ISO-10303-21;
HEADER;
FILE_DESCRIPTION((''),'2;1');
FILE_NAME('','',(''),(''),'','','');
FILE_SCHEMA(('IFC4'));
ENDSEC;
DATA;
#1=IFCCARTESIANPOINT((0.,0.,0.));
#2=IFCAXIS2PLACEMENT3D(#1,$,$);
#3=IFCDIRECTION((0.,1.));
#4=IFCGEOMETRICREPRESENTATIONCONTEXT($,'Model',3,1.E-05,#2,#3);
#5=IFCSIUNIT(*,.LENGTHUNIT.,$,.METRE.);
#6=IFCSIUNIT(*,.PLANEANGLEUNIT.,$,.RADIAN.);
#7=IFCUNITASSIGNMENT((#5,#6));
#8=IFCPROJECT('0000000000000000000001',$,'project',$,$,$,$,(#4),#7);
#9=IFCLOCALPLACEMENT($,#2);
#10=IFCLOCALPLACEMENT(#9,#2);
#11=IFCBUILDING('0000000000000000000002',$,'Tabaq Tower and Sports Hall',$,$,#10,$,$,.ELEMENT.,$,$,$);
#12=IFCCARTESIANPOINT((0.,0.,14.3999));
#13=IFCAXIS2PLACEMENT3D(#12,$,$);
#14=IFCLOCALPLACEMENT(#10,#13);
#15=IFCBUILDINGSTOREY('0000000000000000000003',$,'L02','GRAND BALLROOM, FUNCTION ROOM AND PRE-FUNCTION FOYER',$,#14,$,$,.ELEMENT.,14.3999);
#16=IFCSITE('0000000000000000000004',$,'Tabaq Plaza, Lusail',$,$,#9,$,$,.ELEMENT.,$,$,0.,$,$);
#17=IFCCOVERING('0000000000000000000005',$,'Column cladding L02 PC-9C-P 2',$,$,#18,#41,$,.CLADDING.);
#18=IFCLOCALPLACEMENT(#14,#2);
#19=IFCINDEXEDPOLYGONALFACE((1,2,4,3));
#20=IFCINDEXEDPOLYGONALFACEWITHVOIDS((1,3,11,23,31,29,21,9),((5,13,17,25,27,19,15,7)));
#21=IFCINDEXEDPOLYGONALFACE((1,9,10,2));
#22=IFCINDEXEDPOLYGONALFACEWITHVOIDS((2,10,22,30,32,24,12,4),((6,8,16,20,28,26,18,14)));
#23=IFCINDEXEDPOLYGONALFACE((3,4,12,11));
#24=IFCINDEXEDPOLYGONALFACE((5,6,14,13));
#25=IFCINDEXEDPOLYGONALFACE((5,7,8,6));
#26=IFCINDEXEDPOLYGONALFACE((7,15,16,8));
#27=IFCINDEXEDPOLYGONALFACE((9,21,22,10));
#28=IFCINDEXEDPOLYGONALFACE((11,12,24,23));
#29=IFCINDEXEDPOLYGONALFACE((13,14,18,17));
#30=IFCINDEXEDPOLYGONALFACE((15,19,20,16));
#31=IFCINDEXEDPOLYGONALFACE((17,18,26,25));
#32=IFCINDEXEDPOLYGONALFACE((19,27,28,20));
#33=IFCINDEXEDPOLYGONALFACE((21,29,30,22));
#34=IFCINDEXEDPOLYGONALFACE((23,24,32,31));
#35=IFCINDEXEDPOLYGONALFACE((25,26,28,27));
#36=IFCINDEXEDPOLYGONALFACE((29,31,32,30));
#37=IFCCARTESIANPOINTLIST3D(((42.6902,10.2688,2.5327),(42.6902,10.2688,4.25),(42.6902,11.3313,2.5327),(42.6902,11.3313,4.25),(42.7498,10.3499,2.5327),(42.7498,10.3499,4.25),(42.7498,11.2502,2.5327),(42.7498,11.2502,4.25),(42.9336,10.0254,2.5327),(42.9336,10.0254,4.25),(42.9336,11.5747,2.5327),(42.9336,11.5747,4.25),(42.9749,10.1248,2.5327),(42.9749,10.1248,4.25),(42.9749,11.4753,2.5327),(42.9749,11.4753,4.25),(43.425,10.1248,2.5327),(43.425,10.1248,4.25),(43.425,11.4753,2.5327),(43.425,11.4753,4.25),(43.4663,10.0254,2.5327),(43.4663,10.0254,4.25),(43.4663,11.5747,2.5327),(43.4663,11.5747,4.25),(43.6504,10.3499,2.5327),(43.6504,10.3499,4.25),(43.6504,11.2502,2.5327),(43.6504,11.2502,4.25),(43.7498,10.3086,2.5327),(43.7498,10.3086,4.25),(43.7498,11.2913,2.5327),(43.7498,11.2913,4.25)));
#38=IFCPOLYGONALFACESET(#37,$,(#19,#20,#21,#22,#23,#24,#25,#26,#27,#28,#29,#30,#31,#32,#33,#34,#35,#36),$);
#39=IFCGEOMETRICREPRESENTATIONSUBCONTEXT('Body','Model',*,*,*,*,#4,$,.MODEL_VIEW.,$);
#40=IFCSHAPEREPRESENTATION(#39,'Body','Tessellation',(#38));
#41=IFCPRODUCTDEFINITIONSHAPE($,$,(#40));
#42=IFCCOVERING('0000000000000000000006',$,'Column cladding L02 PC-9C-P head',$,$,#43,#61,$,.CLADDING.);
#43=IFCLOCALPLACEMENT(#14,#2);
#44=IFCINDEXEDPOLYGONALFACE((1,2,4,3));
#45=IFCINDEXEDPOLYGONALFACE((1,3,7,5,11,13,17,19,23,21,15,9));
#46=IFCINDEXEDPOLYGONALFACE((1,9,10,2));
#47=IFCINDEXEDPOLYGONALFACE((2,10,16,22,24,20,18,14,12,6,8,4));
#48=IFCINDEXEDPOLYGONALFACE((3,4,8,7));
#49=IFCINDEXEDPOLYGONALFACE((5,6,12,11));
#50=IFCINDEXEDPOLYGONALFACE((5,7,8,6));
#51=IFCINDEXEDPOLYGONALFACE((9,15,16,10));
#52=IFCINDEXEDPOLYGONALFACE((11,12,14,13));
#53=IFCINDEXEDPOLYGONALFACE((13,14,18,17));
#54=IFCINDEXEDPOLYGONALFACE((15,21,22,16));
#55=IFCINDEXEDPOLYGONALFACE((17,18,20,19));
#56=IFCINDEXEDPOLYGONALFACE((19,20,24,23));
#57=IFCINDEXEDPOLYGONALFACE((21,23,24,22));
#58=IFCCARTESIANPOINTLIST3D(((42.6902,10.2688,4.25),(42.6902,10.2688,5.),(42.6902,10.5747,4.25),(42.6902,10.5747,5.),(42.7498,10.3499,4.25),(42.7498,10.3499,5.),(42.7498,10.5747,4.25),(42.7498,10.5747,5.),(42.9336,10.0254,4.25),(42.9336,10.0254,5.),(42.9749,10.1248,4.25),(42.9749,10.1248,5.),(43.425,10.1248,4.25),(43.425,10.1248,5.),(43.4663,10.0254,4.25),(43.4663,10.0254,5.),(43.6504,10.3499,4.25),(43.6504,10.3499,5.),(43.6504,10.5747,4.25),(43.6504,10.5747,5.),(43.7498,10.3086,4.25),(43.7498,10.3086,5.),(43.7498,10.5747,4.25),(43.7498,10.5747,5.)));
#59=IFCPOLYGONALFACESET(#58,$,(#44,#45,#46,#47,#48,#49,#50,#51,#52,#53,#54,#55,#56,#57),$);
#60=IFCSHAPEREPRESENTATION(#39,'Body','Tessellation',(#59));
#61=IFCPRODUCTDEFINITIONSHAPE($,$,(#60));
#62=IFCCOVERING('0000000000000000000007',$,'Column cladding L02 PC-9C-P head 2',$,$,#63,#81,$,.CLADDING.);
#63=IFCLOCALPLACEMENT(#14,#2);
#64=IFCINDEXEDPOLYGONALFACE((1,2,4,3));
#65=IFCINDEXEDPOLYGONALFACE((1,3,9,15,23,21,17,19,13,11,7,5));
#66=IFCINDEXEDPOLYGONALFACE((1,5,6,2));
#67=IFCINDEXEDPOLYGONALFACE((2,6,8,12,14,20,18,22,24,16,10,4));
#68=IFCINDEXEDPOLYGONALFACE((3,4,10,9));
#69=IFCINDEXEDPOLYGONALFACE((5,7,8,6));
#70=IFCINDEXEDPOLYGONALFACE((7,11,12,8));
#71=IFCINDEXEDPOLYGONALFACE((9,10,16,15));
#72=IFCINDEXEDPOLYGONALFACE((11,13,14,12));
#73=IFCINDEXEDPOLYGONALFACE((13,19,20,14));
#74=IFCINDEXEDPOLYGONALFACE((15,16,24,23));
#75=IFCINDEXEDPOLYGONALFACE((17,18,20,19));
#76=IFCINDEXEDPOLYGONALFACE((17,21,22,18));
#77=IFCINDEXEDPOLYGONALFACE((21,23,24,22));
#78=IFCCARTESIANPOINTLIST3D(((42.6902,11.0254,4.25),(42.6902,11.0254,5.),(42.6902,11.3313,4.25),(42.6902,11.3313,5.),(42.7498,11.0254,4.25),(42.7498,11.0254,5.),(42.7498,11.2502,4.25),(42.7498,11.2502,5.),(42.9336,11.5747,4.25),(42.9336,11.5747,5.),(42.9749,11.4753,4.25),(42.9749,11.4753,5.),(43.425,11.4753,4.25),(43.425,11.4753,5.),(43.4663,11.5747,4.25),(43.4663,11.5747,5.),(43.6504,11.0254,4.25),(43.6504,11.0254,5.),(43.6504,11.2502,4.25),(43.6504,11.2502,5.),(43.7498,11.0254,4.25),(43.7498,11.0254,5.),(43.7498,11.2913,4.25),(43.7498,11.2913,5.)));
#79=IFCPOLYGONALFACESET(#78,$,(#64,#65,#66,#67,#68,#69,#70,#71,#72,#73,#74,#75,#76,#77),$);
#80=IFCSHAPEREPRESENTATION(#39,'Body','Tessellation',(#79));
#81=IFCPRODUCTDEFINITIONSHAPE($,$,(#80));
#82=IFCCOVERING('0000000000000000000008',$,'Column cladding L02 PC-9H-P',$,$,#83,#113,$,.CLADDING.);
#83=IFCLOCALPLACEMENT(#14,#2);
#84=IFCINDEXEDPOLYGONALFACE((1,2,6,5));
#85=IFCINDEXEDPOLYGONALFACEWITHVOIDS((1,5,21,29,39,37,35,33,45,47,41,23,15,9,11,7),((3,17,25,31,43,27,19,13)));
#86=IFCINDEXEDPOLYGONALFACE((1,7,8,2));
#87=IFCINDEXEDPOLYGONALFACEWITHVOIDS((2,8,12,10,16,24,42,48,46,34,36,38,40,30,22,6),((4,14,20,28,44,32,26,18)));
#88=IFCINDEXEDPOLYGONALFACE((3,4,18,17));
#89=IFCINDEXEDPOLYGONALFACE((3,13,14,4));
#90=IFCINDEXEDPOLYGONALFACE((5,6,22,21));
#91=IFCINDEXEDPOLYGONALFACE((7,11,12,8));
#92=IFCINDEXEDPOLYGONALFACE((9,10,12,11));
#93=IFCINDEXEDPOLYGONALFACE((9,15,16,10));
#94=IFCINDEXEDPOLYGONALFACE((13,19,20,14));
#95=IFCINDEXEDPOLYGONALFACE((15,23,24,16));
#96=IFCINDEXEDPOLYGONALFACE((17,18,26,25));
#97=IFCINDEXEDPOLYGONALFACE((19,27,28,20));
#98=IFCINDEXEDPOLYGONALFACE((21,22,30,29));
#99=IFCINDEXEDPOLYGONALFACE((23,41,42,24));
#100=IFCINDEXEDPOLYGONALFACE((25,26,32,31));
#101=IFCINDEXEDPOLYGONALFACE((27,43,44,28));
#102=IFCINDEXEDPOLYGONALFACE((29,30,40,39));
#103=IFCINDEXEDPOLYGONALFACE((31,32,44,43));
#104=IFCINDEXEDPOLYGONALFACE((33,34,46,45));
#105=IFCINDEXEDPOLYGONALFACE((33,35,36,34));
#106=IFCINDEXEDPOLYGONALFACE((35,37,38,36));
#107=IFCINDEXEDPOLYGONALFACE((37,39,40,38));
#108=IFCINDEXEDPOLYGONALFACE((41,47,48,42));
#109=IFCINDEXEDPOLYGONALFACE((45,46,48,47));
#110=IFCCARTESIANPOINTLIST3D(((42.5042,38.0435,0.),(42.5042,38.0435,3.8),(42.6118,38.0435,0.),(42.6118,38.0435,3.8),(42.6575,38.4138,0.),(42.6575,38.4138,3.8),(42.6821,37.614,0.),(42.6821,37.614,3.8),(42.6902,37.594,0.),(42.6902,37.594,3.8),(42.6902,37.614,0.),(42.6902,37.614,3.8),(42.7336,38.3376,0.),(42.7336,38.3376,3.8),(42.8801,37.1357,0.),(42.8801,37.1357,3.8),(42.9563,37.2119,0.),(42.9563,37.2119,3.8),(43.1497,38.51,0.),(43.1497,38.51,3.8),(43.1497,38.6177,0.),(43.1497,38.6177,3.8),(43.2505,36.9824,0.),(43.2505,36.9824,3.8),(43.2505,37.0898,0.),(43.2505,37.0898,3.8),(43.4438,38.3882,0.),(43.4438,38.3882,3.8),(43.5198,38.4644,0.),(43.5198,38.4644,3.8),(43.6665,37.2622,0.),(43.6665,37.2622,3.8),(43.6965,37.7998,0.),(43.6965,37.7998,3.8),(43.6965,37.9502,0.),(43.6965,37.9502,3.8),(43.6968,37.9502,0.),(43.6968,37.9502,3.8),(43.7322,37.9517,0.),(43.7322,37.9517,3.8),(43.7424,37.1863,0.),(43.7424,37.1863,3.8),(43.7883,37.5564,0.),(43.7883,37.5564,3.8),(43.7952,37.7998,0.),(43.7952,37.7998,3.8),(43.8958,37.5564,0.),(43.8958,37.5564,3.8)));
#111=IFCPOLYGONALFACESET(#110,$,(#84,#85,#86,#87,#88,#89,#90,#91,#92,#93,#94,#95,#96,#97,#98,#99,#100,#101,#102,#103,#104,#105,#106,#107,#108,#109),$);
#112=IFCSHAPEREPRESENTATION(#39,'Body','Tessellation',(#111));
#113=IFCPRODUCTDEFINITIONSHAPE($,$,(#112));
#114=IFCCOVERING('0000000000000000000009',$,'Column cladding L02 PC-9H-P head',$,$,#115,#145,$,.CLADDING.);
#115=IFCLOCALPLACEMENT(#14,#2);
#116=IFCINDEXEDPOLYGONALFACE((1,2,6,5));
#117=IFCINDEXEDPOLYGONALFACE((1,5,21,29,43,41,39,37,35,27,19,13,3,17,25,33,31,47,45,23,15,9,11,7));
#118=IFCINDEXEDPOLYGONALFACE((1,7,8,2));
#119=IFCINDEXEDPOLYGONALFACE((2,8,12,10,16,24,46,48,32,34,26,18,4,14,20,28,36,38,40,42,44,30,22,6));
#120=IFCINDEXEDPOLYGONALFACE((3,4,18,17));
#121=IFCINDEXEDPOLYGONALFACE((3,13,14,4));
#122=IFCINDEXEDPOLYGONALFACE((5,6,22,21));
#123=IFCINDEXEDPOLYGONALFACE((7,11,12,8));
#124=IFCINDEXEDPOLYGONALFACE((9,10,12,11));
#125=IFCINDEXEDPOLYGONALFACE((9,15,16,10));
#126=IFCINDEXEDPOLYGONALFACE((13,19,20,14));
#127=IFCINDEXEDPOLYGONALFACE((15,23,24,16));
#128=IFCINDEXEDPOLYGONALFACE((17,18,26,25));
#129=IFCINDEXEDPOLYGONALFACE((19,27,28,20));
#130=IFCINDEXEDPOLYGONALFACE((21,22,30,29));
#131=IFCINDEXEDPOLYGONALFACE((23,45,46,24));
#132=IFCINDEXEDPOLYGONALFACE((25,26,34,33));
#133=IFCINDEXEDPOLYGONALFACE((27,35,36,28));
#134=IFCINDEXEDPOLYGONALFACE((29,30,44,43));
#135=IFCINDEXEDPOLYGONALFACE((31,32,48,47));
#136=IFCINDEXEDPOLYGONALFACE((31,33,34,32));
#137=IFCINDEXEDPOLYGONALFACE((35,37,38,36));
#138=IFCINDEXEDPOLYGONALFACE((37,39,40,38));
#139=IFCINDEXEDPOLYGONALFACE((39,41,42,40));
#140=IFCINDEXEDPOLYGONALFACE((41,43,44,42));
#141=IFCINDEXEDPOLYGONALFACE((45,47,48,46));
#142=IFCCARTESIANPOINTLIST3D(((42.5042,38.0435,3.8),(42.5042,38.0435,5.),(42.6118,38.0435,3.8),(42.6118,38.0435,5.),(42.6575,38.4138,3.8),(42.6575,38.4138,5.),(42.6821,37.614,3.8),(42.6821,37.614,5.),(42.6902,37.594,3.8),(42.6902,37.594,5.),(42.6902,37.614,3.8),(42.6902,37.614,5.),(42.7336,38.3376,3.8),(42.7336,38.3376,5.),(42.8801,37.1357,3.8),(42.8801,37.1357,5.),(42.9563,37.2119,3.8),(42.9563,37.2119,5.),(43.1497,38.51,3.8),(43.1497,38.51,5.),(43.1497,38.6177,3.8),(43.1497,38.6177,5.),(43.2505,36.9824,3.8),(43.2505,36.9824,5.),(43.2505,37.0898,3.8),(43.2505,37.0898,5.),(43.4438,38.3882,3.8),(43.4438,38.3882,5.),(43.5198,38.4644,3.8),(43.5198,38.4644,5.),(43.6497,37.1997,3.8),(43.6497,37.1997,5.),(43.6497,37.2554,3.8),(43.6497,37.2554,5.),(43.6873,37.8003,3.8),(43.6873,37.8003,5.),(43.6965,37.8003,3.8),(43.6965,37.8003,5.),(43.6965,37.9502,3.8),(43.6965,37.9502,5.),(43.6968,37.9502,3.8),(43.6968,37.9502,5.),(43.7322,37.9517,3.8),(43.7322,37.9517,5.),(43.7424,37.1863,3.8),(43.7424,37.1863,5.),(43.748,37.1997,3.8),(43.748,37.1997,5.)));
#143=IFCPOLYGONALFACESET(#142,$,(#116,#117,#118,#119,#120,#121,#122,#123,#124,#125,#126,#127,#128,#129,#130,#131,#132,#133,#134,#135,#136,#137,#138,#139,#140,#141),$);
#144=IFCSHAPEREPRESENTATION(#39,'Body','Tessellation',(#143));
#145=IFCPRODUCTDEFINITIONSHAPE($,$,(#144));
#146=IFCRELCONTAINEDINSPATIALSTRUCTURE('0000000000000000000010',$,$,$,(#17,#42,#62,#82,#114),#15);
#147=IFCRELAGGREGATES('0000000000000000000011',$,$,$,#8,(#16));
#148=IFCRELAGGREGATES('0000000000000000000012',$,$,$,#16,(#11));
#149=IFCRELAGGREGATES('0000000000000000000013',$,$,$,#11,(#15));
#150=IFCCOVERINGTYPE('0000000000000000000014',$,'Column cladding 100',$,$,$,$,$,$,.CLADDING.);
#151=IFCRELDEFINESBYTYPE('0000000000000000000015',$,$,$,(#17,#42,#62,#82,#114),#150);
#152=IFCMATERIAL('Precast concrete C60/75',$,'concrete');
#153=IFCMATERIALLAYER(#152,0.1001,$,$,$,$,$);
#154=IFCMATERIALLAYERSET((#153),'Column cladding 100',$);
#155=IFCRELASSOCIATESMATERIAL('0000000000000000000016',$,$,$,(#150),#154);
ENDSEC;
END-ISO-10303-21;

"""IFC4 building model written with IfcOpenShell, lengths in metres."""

from ifc_helpers import new_model, si_unit, direction, frame, origin, place, context, subcontext, project, spatial, polyline, outline, extrude, material, layer, layer_set, type_object, element, save


model = new_model("IFC4")

# Units and contexts
model_context = context("Model", 3, precision=1e-05, world=origin(), true_north=direction((0.0, 1.0)))
body_context = subcontext(model_context, "Body", "Model", "MODEL_VIEW")
ifc_project = project(units=[si_unit("LENGTHUNIT", "METRE"), si_unit("PLANEANGLEUNIT", "RADIAN")], contexts=[model_context])

# Site, building, storey
site_placement = place(None, origin())
site = spatial("IfcSite", under=ifc_project, at=site_placement, Name="Tabaq Plaza, Lusail", CompositionType="ELEMENT", RefElevation=0.0)
building_placement = place(site_placement, origin())
building = spatial("IfcBuilding", under=site, at=building_placement, Name="Tabaq Tower and Sports Hall", CompositionType="ELEMENT")
storey_placement = place(building_placement, frame((0.0, 0.0, 14.3999)))
storey = spatial("IfcBuildingStorey", under=building, at=storey_placement, Name="L02", Description="GRAND BALLROOM, FUNCTION ROOM AND PRE-FUNCTION FOYER", CompositionType="ELEMENT", Elevation=14.3999)

# Coverings
ifc_material_1 = material(Name="Precast concrete C60/75", Category="concrete")
ifc_layer_1 = layer(ifc_material_1, 0.1001)
ifc_layer_set_1 = layer_set([ifc_layer_1], Name="Column cladding 100")
covering_type = type_object("IfcCoveringType", Name="Column cladding 100", PredefinedType="CLADDING", material=ifc_layer_set_1)
covering_1_placement = place(storey_placement, frame((0.0, 0.0, 2.5327)))
element("IfcCovering", 1, at=covering_1_placement, inside=storey, type_object=covering_type, Name="Column cladding L02 PC-9C-P 2", PredefinedType="CLADDING", context=body_context, shape_type="SweptSolid", body=[
    extrude(outline(polyline([(42.9336, 10.0254), (42.6902, 10.2688), (42.6902, 11.3313), (42.9336, 11.5747), (43.4663, 11.5747), (43.7498, 11.2913), (43.7498, 10.3086), (43.4663, 10.0254), (42.9336, 10.0254)]), holes=[polyline([(43.425, 11.4753), (42.9749, 11.4753), (42.7498, 11.2502), (42.7498, 10.3499), (42.9749, 10.1248), (43.425, 10.1248), (43.6504, 10.3499), (43.6504, 11.2502), (43.425, 11.4753)])]), origin(), (0.0, 0.0, 1.0), 1.7173),
])
covering_2_placement = place(storey_placement, frame((0.0, 0.0, 4.25)))
element("IfcCovering", 2, at=covering_2_placement, inside=storey, type_object=covering_type, Name="Column cladding L02 PC-9C-P head", PredefinedType="CLADDING", context=body_context, shape_type="SweptSolid", body=[
    extrude(outline(polyline([(42.6902, 10.2688), (42.6902, 10.5747), (42.7498, 10.5747), (42.7498, 10.3499), (42.9749, 10.1248), (43.425, 10.1248), (43.6504, 10.3499), (43.6504, 10.5747), (43.7498, 10.5747), (43.7498, 10.3086), (43.4663, 10.0254), (42.9336, 10.0254), (42.6902, 10.2688)])), origin(), (0.0, 0.0, 1.0), 0.75),
])
covering_3_placement = place(storey_placement, frame((0.0, 0.0, 4.25)))
element("IfcCovering", 3, at=covering_3_placement, inside=storey, type_object=covering_type, Name="Column cladding L02 PC-9C-P head 2", PredefinedType="CLADDING", context=body_context, shape_type="SweptSolid", body=[
    extrude(outline(polyline([(42.6902, 11.3313), (42.9336, 11.5747), (43.4663, 11.5747), (43.7498, 11.2913), (43.7498, 11.0254), (43.6504, 11.0254), (43.6504, 11.2502), (43.425, 11.4753), (42.9749, 11.4753), (42.7498, 11.2502), (42.7498, 11.0254), (42.6902, 11.0254), (42.6902, 11.3313)])), origin(), (0.0, 0.0, 1.0), 0.75),
])
covering_4_placement = place(storey_placement, origin())
element("IfcCovering", 4, at=covering_4_placement, inside=storey, type_object=covering_type, Name="Column cladding L02 PC-9H-P", PredefinedType="CLADDING", context=body_context, shape_type="SweptSolid", body=[
    extrude(outline(polyline([(43.2505, 36.9824), (42.8801, 37.1357), (42.6902, 37.594), (42.6902, 37.614), (42.6821, 37.614), (42.5042, 38.0435), (42.6575, 38.4138), (43.1497, 38.6177), (43.5198, 38.4644), (43.7322, 37.9517), (43.6968, 37.9502), (43.6965, 37.9502), (43.6965, 37.7998), (43.7952, 37.7998), (43.8958, 37.5564), (43.7424, 37.1863), (43.2505, 36.9824)]), holes=[polyline([(43.1497, 38.51), (42.7336, 38.3376), (42.6118, 38.0435), (42.9563, 37.2119), (43.2505, 37.0898), (43.6665, 37.2622), (43.7883, 37.5564), (43.4438, 38.3882), (43.1497, 38.51)])]), origin(), (0.0, 0.0, 1.0), 3.8),
])
covering_5_placement = place(storey_placement, frame((0.0, 0.0, 3.8)))
element("IfcCovering", 5, at=covering_5_placement, inside=storey, type_object=covering_type, Name="Column cladding L02 PC-9H-P head", PredefinedType="CLADDING", context=body_context, shape_type="SweptSolid", body=[
    extrude(outline(polyline([(42.8801, 37.1357), (42.6902, 37.594), (42.6902, 37.614), (42.6821, 37.614), (42.5042, 38.0435), (42.6575, 38.4138), (43.1497, 38.6177), (43.5198, 38.4644), (43.7322, 37.9517), (43.6968, 37.9502), (43.6965, 37.9502), (43.6965, 37.8003), (43.6873, 37.8003), (43.4438, 38.3882), (43.1497, 38.51), (42.7336, 38.3376), (42.6118, 38.0435), (42.9563, 37.2119), (43.2505, 37.0898), (43.6497, 37.2554), (43.6497, 37.1997), (43.748, 37.1997), (43.7424, 37.1863), (43.2505, 36.9824), (42.8801, 37.1357)])), origin(), (0.0, 0.0, 1.0), 1.2),
])

save(model, "model.ifc")
